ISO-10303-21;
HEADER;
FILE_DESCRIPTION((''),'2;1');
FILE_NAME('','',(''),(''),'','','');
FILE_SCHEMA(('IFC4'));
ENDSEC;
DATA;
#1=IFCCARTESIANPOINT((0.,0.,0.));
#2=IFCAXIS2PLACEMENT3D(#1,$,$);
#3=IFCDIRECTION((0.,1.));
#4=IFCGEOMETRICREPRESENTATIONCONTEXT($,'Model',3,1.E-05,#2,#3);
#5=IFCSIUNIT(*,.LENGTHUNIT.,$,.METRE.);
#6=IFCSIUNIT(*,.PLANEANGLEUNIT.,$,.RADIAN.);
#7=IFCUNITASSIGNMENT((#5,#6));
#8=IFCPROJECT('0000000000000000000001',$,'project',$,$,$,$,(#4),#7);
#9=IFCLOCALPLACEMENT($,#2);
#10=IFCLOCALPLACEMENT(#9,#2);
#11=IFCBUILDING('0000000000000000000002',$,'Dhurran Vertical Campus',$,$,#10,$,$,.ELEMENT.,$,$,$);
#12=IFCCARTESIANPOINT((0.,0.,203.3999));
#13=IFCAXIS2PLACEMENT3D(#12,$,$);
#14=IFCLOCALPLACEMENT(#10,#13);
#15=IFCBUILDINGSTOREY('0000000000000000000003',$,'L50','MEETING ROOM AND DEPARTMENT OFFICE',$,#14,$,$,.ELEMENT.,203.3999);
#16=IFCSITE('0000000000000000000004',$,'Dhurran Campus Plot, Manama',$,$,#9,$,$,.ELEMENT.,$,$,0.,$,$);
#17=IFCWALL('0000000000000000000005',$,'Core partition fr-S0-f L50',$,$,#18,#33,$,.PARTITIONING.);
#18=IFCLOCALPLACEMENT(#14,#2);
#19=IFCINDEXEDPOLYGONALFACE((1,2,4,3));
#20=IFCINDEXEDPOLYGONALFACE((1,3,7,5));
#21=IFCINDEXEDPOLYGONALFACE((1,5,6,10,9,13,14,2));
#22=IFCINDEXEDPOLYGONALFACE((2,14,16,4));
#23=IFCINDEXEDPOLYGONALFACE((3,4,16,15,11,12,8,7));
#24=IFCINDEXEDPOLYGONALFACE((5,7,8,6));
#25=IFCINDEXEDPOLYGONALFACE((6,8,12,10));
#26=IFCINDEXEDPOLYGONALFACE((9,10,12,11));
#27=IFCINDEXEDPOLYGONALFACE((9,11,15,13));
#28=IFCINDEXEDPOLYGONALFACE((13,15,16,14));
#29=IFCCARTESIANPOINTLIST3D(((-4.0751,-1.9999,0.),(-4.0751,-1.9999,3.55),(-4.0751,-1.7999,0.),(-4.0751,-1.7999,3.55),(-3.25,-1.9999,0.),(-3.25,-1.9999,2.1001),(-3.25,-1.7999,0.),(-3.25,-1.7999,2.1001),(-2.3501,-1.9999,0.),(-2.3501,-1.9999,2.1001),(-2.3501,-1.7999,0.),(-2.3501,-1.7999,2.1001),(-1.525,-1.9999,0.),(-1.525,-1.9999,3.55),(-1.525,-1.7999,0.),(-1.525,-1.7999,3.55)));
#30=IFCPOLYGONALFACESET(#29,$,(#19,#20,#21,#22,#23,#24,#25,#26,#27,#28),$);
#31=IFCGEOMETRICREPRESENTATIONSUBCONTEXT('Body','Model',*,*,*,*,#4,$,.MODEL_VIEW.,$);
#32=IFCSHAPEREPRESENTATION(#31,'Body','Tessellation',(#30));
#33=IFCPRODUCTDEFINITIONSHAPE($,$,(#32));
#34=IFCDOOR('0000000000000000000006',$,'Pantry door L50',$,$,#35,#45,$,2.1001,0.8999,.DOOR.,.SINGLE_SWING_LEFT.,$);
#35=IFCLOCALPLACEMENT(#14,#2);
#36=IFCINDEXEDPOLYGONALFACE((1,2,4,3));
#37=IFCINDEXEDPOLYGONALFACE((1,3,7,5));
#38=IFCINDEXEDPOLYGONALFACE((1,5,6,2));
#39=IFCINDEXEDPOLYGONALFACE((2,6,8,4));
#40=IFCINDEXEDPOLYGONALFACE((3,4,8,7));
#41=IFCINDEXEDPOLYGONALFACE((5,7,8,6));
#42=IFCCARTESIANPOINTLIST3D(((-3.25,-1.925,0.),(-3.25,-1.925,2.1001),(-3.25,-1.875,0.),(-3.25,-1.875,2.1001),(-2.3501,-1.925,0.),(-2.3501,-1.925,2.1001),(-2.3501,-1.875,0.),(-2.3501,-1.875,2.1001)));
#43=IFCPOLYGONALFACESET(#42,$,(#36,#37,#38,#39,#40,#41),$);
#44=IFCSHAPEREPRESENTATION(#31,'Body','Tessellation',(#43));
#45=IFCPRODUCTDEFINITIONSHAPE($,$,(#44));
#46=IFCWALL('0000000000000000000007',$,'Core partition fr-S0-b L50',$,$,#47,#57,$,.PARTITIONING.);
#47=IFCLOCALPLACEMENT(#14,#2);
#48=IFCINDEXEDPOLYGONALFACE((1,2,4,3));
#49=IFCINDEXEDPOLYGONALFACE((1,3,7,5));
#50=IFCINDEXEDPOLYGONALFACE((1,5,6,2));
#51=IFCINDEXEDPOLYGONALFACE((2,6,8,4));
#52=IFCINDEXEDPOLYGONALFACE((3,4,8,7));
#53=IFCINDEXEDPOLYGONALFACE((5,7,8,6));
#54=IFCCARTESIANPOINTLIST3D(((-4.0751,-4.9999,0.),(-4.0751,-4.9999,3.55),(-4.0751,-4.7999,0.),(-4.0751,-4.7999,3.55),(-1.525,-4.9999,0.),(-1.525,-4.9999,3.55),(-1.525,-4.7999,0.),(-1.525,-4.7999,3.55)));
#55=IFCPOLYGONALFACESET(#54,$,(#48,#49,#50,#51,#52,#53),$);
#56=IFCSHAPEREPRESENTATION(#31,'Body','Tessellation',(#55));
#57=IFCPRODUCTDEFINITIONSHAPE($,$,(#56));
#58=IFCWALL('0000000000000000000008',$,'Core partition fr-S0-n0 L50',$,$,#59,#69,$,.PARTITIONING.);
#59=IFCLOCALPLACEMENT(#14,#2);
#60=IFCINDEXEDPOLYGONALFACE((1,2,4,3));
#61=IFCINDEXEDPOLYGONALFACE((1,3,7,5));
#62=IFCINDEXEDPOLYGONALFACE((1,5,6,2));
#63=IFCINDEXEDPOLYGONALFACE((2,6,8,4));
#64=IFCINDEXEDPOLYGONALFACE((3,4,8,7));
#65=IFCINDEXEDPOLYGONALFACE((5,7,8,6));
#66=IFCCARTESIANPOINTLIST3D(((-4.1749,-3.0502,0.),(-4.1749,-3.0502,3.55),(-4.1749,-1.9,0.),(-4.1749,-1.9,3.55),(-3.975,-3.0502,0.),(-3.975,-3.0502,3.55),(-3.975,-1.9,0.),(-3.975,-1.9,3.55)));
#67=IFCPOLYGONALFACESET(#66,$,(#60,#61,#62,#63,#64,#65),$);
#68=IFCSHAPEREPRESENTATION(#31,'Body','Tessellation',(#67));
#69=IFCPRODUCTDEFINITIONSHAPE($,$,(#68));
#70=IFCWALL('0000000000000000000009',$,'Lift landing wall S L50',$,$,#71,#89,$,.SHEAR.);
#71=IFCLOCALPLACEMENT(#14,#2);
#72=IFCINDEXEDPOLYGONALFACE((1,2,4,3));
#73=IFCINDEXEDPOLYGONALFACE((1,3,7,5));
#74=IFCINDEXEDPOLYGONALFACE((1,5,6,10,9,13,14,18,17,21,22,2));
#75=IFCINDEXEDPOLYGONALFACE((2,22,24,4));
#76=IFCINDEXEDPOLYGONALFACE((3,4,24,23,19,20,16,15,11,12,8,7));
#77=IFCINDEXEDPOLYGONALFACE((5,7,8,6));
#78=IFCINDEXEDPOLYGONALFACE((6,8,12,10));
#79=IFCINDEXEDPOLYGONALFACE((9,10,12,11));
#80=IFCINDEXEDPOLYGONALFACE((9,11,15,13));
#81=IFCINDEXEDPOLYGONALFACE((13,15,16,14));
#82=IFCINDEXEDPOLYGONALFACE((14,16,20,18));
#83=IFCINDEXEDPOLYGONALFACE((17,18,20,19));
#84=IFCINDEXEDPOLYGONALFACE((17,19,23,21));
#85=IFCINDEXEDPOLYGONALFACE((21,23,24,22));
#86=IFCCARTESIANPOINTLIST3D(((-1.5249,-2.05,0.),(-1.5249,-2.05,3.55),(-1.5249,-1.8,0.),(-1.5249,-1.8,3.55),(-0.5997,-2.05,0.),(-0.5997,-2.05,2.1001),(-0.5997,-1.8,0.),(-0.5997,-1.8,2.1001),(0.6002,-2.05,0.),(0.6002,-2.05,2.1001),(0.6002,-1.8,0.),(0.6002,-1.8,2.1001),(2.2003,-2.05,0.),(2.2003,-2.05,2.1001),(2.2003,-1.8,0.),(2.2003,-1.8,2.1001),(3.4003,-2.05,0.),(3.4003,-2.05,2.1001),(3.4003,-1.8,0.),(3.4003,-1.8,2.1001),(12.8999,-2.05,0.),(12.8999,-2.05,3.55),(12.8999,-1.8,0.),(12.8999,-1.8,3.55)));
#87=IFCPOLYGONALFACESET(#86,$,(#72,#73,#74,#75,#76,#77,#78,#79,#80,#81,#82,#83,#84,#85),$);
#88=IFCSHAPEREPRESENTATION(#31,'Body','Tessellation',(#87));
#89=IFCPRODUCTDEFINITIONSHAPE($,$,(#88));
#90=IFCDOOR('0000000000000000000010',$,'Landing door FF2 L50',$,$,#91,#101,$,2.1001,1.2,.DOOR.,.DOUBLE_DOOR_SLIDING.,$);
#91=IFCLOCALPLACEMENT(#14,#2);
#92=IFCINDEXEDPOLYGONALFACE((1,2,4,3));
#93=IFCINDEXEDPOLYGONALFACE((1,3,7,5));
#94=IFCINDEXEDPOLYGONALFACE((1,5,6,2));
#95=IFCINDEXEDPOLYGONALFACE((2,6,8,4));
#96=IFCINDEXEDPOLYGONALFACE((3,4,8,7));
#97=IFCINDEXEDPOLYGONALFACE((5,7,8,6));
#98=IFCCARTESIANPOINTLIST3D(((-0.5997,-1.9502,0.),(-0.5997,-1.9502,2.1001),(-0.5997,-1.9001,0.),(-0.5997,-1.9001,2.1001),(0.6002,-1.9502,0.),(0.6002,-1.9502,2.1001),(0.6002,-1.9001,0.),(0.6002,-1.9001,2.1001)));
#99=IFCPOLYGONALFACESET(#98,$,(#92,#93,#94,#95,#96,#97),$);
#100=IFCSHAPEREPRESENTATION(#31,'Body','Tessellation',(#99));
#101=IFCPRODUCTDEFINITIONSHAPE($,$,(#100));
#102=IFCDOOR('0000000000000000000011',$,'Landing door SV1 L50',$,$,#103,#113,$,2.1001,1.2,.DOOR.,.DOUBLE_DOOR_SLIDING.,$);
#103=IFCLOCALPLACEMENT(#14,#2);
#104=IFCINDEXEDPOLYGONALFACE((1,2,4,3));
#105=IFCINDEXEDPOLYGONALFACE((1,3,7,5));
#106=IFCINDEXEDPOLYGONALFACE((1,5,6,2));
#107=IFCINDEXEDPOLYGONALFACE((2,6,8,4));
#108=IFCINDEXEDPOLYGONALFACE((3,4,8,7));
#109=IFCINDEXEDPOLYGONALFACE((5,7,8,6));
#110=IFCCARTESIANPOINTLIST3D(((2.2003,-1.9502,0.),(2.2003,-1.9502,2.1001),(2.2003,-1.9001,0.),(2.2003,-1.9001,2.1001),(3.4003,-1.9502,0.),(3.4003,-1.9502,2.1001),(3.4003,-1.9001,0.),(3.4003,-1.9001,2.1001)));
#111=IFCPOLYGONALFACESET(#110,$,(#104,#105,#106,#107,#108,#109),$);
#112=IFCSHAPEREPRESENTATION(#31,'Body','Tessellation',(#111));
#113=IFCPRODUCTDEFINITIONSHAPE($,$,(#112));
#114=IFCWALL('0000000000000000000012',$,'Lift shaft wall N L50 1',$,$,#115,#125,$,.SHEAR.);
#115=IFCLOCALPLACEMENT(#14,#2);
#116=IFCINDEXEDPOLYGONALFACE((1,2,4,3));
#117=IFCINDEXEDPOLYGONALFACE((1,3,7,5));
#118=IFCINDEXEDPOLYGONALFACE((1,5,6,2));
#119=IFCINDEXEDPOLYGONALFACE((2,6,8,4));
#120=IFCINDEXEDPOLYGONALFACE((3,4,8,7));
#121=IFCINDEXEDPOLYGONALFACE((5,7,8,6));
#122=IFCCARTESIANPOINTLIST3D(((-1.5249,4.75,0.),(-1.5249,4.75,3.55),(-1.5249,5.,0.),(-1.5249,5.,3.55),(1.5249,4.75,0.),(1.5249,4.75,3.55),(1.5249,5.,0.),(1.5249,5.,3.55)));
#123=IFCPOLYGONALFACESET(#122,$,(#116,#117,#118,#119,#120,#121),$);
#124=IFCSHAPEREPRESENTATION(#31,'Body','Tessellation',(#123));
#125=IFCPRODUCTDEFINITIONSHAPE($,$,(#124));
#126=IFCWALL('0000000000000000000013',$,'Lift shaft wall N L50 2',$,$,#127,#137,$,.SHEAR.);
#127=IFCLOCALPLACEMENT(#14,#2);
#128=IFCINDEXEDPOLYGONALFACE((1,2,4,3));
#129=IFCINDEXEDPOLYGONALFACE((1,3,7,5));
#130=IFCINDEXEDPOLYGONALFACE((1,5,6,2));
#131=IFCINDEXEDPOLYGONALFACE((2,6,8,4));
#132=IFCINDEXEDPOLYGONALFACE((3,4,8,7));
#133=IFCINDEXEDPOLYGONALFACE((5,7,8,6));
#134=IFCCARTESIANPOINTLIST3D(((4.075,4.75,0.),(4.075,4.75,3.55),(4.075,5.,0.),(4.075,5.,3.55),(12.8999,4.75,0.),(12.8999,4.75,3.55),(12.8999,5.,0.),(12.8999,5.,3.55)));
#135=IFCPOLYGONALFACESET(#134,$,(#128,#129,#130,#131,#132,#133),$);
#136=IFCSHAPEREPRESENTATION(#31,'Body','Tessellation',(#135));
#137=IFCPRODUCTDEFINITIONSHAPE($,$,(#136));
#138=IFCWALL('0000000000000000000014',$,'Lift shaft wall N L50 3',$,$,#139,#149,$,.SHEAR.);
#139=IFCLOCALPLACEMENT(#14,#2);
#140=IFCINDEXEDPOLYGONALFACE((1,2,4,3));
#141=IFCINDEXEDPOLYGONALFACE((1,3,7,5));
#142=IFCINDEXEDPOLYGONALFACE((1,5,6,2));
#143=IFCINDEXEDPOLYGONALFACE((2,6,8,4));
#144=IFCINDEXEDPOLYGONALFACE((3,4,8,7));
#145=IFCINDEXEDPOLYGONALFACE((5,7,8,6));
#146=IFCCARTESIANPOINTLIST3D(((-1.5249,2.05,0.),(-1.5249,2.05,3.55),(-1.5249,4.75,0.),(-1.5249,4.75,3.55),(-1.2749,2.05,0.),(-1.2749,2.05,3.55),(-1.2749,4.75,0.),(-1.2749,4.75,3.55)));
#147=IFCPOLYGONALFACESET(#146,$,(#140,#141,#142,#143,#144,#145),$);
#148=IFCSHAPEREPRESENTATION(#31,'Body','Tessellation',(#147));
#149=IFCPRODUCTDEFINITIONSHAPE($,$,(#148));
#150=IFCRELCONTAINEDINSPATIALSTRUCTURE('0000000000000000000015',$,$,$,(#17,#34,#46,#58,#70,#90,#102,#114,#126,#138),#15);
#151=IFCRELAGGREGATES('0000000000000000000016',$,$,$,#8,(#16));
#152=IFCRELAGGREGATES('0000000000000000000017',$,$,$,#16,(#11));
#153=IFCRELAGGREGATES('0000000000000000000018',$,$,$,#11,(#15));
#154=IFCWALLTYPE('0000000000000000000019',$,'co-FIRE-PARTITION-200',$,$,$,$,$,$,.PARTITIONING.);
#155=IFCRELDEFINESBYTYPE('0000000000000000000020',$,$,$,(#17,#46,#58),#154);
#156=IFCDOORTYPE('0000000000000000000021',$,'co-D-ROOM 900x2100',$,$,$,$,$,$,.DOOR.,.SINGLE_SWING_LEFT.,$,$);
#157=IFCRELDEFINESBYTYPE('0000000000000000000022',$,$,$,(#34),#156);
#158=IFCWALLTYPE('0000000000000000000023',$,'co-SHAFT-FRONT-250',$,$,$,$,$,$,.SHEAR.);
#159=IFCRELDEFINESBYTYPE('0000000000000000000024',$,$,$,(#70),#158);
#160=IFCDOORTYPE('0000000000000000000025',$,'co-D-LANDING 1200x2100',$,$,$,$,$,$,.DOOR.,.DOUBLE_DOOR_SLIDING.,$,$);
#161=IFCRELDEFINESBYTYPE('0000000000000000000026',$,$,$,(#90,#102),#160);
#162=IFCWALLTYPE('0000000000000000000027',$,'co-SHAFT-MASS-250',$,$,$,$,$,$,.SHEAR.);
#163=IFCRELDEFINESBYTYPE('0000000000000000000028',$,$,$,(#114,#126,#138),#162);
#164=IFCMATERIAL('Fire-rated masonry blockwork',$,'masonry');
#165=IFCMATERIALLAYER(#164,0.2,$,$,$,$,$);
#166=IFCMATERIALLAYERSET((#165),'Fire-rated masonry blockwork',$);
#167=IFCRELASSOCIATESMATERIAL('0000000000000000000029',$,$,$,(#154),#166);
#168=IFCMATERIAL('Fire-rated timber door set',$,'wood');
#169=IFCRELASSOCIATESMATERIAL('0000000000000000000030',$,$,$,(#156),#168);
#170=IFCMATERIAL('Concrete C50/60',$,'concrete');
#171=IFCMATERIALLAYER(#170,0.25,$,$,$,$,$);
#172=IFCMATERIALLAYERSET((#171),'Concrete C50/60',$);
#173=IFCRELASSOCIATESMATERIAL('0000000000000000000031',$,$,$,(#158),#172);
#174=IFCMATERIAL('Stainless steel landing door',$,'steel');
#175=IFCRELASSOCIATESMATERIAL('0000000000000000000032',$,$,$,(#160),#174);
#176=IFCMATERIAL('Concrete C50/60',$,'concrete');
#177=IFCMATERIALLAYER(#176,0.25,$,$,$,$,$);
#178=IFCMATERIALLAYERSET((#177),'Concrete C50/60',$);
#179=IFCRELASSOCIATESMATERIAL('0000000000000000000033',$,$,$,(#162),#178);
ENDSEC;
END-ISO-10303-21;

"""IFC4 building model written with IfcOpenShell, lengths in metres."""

from ifc_helpers import new_model, si_unit, direction, frame, frame_2d, origin, place, context, subcontext, project, spatial, polyline, rectangle, outline, extrude, material, layer, layer_set, type_object, element, fill, save


model = new_model("IFC4")

# Units and contexts
model_context = context("Model", 3, precision=1e-05, world=origin(), true_north=direction((0.0, 1.0)))
body_context = subcontext(model_context, "Body", "Model", "MODEL_VIEW")
ifc_project = project(units=[si_unit("LENGTHUNIT", "METRE"), si_unit("PLANEANGLEUNIT", "RADIAN")], contexts=[model_context])

# Site, building, storey
site_placement = place(None, origin())
site = spatial("IfcSite", under=ifc_project, at=site_placement, Name="Dhurran Campus Plot, Manama", CompositionType="ELEMENT", RefElevation=0.0)
building_placement = place(site_placement, origin())
building = spatial("IfcBuilding", under=site, at=building_placement, Name="Dhurran Vertical Campus", CompositionType="ELEMENT")
storey_placement = place(building_placement, frame((0.0, 0.0, 203.3999)))
storey = spatial("IfcBuildingStorey", under=building, at=storey_placement, Name="L50", Description="MEETING ROOM AND DEPARTMENT OFFICE", CompositionType="ELEMENT", Elevation=203.3999)

# Shared definitions
ifc_material_1 = material(Name="Fire-rated masonry blockwork", Category="masonry")
ifc_layer_1 = layer(ifc_material_1, 0.2)
ifc_layer_set_1 = layer_set([ifc_layer_1], Name="Fire-rated masonry blockwork")
wall_type_1 = type_object("IfcWallType", Name="co-FIRE-PARTITION-200", PredefinedType="PARTITIONING", material=ifc_layer_set_1)

# Wall, opening, door
ifc_material_2 = material(Name="Fire-rated timber door set", Category="wood")
door_type_1 = type_object("IfcDoorType", Name="co-D-ROOM 900x2100", OperationType="SINGLE_SWING_LEFT", PredefinedType="DOOR", material=ifc_material_2)
wall_1_placement = place(storey_placement, frame((-4.075, -1.8999, 0.0), z_axis=(0.0, 0.0, 1.0), x_axis=(1.0, 0.0, 0.0)))
wall_1 = element("IfcWall", 1, at=wall_1_placement, inside=storey, type_object=wall_type_1, Name="Core partition fr-S0-f L50", PredefinedType="PARTITIONING", context=body_context, shape_type="SweptSolid", body=[
    extrude(rectangle(XDim=2.55, YDim=0.2, at=frame_2d((1.2749, 0.0))), origin(), (0.0, 0.0, 1.0), 3.55),
])
opening_1_placement = place(wall_1_placement, frame((0.825, 0.0, 0.0)))
opening_1 = element("IfcOpeningElement", 2, at=opening_1_placement, cuts=wall_1, PredefinedType="OPENING", context=body_context, shape_type="SweptSolid", body=[
    extrude(rectangle(XDim=0.8999, YDim=2.1001, at=frame_2d((0.45, 1.05))), frame((0.0, 0.1099, 0.0), z_axis=(0.0, -1.0, 0.0), x_axis=(1.0, 0.0, 0.0)), (0.0, 0.0, 1.0), 0.22),
])
door_1_placement = place(opening_1_placement, origin())
door_1 = element("IfcDoor", 3, at=door_1_placement, inside=storey, type_object=door_type_1, Name="Pantry door L50", OperationType="SINGLE_SWING_LEFT", OverallHeight=2.1001, OverallWidth=0.8999, PredefinedType="DOOR", context=body_context, shape_type="SweptSolid", body=[
    extrude(rectangle(XDim=0.8999, YDim=2.1001, at=frame_2d((0.45, 1.05))), frame((0.0, 0.0249, 0.0), z_axis=(0.0, -1.0, 0.0), x_axis=(1.0, 0.0, 0.0)), (0.0, 0.0, 1.0), 0.05),
])
fill(opening_1, door_1)

# Walls
wall_2_placement = place(storey_placement, frame((-4.075, -4.8999, 0.0), z_axis=(0.0, 0.0, 1.0), x_axis=(1.0, 0.0, 0.0)))
element("IfcWall", 4, at=wall_2_placement, inside=storey, type_object=wall_type_1, Name="Core partition fr-S0-b L50", PredefinedType="PARTITIONING", context=body_context, shape_type="SweptSolid", body=[
    extrude(rectangle(XDim=2.55, YDim=0.2, at=frame_2d((1.2749, 0.0))), origin(), (0.0, 0.0, 1.0), 3.55),
])
wall_3_placement = place(storey_placement, frame((-4.075, -1.8999, 0.0), z_axis=(0.0, 0.0, 1.0), x_axis=(0.0, -1.0, 0.0)))
element("IfcWall", 5, at=wall_3_placement, inside=storey, type_object=wall_type_1, Name="Core partition fr-S0-n0 L50", PredefinedType="PARTITIONING", context=body_context, shape_type="SweptSolid", body=[
    extrude(rectangle(XDim=1.1501, YDim=0.2, at=frame_2d((0.5752, 0.0))), origin(), (0.0, 0.0, 1.0), 3.55),
])

# Wall, openings, doors
ifc_material_3 = material(Name="Concrete C50/60", Category="concrete")
ifc_layer_2 = layer(ifc_material_3, 0.25)
ifc_layer_set_2 = layer_set([ifc_layer_2], Name="Concrete C50/60")
wall_type_2 = type_object("IfcWallType", Name="co-SHAFT-FRONT-250", PredefinedType="SHEAR", material=ifc_layer_set_2)
wall_4_placement = place(storey_placement, frame((-1.5249, -1.925, 0.0), z_axis=(0.0, 0.0, 1.0), x_axis=(1.0, 0.0, 0.0)))
wall_4 = element("IfcWall", 6, at=wall_4_placement, inside=storey, type_object=wall_type_2, Name="Lift landing wall S L50", PredefinedType="SHEAR", context=body_context, shape_type="SweptSolid", body=[
    extrude(rectangle(XDim=14.4248, YDim=0.25, at=frame_2d((7.2124, 0.0))), origin(), (0.0, 0.0, 1.0), 3.55),
])
opening_2_placement = place(wall_4_placement, frame((0.925, 0.0, 0.0)))
opening_2 = element("IfcOpeningElement", 7, at=opening_2_placement, cuts=wall_4, PredefinedType="OPENING", context=body_context, shape_type="SweptSolid", body=[
    extrude(rectangle(XDim=1.2, YDim=2.1001, at=frame_2d((0.6001, 1.05))), frame((0.0, 0.135, 0.0), z_axis=(0.0, -1.0, 0.0), x_axis=(1.0, 0.0, 0.0)), (0.0, 0.0, 1.0), 0.27),
])
opening_3_placement = place(wall_4_placement, frame((3.7251, 0.0, 0.0)))
opening_3 = element("IfcOpeningElement", 8, at=opening_3_placement, cuts=wall_4, PredefinedType="OPENING", context=body_context, shape_type="SweptSolid", body=[
    extrude(rectangle(XDim=1.2, YDim=2.1001, at=frame_2d((0.6001, 1.05))), frame((0.0, 0.135, 0.0), z_axis=(0.0, -1.0, 0.0), x_axis=(1.0, 0.0, 0.0)), (0.0, 0.0, 1.0), 0.27),
])
ifc_material_4 = material(Name="Stainless steel landing door", Category="steel")
door_type_2 = type_object("IfcDoorType", Name="co-D-LANDING 1200x2100", OperationType="DOUBLE_DOOR_SLIDING", PredefinedType="DOOR", material=ifc_material_4)
door_2_placement = place(opening_2_placement, origin())
door_2 = element("IfcDoor", 9, at=door_2_placement, inside=storey, type_object=door_type_2, Name="Landing door FF2 L50", OperationType="DOUBLE_DOOR_SLIDING", OverallHeight=2.1001, OverallWidth=1.2, PredefinedType="DOOR", context=body_context, shape_type="SweptSolid", body=[
    extrude(rectangle(XDim=1.2, YDim=2.1001, at=frame_2d((0.6001, 1.05))), frame((0.0, 0.0249, 0.0), z_axis=(0.0, -1.0, 0.0), x_axis=(1.0, 0.0, 0.0)), (0.0, 0.0, 1.0), 0.05),
])
fill(opening_2, door_2)
door_3_placement = place(opening_3_placement, origin())
door_3 = element("IfcDoor", 10, at=door_3_placement, inside=storey, type_object=door_type_2, Name="Landing door SV1 L50", OperationType="DOUBLE_DOOR_SLIDING", OverallHeight=2.1001, OverallWidth=1.2, PredefinedType="DOOR", context=body_context, shape_type="SweptSolid", body=[
    extrude(rectangle(XDim=1.2, YDim=2.1001, at=frame_2d((0.6001, 1.05))), frame((0.0, 0.0249, 0.0), z_axis=(0.0, -1.0, 0.0), x_axis=(1.0, 0.0, 0.0)), (0.0, 0.0, 1.0), 0.05),
])
fill(opening_3, door_3)

# Walls
ifc_material_5 = material(Name="Concrete C50/60", Category="concrete")
ifc_layer_3 = layer(ifc_material_5, 0.25)
ifc_layer_set_3 = layer_set([ifc_layer_3], Name="Concrete C50/60")
wall_type_3 = type_object("IfcWallType", Name="co-SHAFT-MASS-250", PredefinedType="SHEAR", material=ifc_layer_set_3)
wall_5_placement = place(storey_placement, origin())
element("IfcWall", 11, at=wall_5_placement, inside=storey, type_object=wall_type_3, Name="Lift shaft wall N L50 1", PredefinedType="SHEAR", context=body_context, shape_type="SweptSolid", body=[
    extrude(outline(polyline([(-1.5249, 4.75), (1.5249, 4.75), (1.5249, 5.0), (-1.5249, 5.0), (-1.5249, 4.75)])), origin(), (0.0, 0.0, 1.0), 3.55),
])
wall_6_placement = place(storey_placement, origin())
element("IfcWall", 12, at=wall_6_placement, inside=storey, type_object=wall_type_3, Name="Lift shaft wall N L50 2", PredefinedType="SHEAR", context=body_context, shape_type="SweptSolid", body=[
    extrude(outline(polyline([(4.075, 4.75), (12.8999, 4.75), (12.8999, 5.0), (4.075, 5.0), (4.075, 4.75)])), origin(), (0.0, 0.0, 1.0), 3.55),
])
wall_7_placement = place(storey_placement, origin())
element("IfcWall", 13, at=wall_7_placement, inside=storey, type_object=wall_type_3, Name="Lift shaft wall N L50 3", PredefinedType="SHEAR", context=body_context, shape_type="SweptSolid", body=[
    extrude(outline(polyline([(-1.5249, 2.05), (-1.2749, 2.05), (-1.2749, 4.75), (-1.5249, 4.75), (-1.5249, 2.05)])), origin(), (0.0, 0.0, 1.0), 3.55),
])

save(model, "model.ifc")
